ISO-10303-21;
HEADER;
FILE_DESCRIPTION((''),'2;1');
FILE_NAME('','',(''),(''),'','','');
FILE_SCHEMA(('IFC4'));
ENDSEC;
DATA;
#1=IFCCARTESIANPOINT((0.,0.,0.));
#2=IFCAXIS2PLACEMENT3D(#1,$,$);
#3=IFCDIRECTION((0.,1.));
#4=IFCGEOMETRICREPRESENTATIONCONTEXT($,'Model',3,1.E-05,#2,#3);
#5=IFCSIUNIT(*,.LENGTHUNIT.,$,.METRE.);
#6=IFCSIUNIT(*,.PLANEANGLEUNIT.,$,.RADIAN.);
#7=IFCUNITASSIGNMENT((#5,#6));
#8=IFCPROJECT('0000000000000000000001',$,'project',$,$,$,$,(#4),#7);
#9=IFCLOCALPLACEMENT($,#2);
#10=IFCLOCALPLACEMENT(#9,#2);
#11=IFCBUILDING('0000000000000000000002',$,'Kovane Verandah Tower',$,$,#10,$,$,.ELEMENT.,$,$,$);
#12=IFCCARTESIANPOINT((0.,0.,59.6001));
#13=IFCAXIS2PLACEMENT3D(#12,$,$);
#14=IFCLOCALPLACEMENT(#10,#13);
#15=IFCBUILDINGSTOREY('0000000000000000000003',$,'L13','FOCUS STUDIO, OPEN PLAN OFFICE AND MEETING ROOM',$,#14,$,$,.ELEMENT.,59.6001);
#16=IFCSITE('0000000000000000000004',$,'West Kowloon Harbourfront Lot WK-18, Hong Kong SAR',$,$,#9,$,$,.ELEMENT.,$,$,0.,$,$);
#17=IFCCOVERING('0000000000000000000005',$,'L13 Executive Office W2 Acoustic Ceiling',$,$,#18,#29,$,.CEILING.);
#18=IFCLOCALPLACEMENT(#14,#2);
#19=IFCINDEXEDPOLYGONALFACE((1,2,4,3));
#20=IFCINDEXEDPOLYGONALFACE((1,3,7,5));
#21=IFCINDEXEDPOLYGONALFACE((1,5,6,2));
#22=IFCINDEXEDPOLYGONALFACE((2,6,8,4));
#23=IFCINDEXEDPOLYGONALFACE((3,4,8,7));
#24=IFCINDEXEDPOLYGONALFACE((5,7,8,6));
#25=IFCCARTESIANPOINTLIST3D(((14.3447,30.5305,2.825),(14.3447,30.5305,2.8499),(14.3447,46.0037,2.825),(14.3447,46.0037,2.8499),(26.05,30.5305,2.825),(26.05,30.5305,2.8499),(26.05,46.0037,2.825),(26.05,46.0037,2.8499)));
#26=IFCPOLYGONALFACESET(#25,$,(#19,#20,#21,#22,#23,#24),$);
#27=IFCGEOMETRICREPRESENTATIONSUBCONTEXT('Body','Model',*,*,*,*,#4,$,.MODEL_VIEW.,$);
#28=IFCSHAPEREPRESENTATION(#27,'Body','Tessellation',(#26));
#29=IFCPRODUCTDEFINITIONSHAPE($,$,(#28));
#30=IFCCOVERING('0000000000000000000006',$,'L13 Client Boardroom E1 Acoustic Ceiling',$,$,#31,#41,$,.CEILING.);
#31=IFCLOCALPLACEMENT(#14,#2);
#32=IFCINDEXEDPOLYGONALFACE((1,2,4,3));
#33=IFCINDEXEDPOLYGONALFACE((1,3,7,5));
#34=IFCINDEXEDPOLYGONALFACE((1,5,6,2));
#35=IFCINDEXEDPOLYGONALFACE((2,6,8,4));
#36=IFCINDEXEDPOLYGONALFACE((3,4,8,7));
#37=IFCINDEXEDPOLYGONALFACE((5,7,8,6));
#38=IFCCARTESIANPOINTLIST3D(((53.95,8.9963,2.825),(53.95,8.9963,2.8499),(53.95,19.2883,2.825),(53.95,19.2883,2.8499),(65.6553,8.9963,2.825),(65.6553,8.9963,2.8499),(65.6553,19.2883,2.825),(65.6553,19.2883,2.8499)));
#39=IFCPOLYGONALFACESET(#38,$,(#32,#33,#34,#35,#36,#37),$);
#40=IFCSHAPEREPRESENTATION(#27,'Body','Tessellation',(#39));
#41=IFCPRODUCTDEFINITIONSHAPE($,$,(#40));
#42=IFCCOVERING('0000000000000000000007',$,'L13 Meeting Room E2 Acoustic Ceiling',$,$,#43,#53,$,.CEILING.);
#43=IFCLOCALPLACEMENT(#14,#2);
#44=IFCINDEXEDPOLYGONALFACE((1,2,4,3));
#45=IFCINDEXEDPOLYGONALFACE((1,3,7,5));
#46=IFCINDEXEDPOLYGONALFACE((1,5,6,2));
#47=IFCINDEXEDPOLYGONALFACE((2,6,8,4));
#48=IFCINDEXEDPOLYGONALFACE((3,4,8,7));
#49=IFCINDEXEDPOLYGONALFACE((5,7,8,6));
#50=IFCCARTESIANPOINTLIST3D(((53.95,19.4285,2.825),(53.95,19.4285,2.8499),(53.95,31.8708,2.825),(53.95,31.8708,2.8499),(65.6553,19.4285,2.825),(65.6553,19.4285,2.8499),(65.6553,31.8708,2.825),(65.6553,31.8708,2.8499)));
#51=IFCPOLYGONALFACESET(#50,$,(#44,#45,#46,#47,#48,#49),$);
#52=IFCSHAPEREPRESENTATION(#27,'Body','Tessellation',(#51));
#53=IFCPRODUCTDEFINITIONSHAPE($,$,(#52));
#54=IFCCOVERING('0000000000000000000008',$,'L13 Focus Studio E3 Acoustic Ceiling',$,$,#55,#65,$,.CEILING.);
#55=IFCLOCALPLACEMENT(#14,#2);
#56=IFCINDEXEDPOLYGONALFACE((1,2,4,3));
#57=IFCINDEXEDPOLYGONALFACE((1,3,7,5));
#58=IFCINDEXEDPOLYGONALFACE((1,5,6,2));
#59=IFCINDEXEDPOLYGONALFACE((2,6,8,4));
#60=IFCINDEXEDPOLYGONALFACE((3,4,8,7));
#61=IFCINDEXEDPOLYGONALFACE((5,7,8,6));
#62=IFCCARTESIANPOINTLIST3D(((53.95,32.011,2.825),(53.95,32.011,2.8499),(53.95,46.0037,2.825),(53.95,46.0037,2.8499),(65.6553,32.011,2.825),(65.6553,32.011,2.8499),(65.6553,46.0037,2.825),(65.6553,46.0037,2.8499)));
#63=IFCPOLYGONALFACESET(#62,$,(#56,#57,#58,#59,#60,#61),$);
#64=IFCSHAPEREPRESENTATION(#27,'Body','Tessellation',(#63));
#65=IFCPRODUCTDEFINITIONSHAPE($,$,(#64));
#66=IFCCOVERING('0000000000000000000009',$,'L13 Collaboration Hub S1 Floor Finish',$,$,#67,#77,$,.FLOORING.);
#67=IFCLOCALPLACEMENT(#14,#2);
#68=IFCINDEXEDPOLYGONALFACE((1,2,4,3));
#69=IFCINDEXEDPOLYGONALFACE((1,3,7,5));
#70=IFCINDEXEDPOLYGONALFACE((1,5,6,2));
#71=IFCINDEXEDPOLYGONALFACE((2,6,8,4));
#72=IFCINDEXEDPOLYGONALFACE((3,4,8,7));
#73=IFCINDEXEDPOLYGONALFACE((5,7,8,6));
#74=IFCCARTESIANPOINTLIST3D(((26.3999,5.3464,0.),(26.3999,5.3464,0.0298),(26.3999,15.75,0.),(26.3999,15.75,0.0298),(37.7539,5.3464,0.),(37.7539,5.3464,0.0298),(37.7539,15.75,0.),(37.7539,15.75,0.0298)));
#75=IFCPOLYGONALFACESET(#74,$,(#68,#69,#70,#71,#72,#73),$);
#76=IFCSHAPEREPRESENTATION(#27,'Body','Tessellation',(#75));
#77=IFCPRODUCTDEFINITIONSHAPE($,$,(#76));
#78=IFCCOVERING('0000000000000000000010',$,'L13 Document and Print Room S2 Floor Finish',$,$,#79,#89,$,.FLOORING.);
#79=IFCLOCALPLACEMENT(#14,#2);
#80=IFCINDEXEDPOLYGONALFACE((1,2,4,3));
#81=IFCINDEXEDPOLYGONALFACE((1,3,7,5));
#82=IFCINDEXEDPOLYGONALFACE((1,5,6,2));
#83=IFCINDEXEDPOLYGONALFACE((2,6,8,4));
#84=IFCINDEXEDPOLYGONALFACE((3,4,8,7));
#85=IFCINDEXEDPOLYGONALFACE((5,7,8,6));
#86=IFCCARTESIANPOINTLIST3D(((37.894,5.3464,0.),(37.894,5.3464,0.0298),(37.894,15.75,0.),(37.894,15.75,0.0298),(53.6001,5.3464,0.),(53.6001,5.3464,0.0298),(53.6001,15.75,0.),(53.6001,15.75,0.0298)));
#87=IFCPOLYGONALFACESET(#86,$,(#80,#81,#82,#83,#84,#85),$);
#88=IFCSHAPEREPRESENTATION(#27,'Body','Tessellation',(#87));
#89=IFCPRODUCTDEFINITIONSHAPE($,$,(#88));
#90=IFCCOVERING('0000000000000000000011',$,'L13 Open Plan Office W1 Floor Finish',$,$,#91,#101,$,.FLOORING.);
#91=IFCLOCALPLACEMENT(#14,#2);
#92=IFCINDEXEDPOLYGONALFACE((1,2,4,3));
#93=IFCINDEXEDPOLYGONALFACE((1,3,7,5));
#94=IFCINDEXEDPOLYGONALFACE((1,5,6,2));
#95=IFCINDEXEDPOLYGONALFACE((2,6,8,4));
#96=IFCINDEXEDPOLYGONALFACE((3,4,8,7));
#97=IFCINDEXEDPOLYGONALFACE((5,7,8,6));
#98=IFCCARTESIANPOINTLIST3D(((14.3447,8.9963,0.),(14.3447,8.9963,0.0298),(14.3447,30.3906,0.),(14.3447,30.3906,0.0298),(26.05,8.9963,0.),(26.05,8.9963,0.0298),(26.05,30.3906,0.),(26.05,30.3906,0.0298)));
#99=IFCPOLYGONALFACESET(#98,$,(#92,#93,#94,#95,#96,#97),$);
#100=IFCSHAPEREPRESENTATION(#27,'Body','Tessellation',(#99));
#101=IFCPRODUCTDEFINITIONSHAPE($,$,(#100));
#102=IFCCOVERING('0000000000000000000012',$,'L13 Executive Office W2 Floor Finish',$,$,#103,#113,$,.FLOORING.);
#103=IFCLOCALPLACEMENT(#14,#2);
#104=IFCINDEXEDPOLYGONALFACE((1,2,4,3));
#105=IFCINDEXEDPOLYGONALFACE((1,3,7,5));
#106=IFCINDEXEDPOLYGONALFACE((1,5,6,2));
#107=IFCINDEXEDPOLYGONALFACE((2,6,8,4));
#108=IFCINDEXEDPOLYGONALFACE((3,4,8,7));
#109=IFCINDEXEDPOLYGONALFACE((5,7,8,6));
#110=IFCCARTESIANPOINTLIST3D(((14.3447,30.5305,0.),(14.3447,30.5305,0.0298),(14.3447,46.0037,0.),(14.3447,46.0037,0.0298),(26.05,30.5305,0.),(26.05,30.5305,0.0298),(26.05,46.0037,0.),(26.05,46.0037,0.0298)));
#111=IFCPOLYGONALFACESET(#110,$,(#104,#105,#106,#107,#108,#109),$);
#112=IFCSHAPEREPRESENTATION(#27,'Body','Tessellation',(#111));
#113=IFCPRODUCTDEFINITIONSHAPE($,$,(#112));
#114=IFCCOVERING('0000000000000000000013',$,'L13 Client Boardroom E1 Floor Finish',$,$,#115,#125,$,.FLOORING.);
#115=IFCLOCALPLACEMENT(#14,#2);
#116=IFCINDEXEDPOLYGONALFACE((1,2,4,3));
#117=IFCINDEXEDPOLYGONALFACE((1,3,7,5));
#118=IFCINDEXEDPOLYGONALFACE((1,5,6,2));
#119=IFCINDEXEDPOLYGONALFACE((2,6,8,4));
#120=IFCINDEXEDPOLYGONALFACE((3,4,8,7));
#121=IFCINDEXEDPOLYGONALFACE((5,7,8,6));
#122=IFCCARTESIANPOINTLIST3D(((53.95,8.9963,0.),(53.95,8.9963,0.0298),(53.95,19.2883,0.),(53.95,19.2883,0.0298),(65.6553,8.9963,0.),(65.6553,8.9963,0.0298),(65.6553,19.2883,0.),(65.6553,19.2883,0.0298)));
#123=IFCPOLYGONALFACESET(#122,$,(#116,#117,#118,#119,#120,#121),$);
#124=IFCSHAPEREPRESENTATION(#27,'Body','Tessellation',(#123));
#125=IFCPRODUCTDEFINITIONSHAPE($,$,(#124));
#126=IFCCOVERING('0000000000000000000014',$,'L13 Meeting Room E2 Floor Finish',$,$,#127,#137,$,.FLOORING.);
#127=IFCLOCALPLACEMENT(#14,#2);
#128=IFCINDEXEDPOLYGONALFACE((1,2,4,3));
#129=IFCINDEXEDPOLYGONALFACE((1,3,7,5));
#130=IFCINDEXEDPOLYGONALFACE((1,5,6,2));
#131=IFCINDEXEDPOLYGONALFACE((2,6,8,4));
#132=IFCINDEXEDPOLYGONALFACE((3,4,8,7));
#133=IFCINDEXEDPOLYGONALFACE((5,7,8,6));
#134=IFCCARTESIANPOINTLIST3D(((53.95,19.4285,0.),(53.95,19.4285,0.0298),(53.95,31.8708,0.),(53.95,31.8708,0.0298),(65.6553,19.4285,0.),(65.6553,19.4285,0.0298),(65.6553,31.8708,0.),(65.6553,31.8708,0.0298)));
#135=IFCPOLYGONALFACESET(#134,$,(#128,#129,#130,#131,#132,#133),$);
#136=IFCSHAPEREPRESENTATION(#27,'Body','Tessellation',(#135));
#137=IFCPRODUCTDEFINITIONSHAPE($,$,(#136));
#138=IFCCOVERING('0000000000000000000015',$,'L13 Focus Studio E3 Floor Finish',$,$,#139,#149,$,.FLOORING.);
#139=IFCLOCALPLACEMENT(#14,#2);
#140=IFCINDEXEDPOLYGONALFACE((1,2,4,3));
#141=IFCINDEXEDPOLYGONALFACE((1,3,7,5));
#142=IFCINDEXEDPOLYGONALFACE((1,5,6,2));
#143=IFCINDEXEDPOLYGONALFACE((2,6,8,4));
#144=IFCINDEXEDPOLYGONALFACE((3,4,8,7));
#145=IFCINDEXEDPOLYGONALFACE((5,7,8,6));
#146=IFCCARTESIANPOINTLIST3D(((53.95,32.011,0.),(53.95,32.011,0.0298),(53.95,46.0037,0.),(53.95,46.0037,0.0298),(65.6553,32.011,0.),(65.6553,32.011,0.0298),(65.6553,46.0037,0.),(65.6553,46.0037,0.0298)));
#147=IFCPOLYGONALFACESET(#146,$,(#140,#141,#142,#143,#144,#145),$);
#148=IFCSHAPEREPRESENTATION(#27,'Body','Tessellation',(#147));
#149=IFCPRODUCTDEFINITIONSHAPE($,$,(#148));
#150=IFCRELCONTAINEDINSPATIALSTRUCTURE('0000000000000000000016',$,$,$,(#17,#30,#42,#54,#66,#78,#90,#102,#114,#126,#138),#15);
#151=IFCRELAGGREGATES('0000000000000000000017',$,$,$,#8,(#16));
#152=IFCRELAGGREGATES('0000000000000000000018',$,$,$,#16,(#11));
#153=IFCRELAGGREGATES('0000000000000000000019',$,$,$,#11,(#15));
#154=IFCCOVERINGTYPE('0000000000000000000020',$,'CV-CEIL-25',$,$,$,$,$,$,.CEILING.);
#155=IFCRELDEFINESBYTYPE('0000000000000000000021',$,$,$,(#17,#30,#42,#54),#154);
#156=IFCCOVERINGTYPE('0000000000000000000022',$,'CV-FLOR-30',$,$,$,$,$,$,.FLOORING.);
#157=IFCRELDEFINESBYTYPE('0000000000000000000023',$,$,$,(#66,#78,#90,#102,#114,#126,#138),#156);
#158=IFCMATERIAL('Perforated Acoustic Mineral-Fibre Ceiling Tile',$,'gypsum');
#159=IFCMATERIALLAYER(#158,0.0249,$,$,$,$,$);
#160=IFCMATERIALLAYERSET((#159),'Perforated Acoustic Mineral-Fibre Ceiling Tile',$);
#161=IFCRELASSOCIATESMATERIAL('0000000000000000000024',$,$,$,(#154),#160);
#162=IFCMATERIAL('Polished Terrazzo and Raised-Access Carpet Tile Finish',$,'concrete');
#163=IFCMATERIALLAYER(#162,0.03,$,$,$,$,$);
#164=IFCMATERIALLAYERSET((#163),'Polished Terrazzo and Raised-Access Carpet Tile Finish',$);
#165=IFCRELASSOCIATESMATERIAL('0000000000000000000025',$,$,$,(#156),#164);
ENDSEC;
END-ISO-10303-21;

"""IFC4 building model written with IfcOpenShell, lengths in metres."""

from ifc_helpers import new_model, si_unit, direction, frame, origin, place, context, subcontext, project, spatial, polyline, outline, extrude, material, layer, layer_set, type_object, element, save


model = new_model("IFC4")

# Units and contexts
model_context = context("Model", 3, precision=1e-05, world=origin(), true_north=direction((0.0, 1.0)))
body_context = subcontext(model_context, "Body", "Model", "MODEL_VIEW")
ifc_project = project(units=[si_unit("LENGTHUNIT", "METRE"), si_unit("PLANEANGLEUNIT", "RADIAN")], contexts=[model_context])

# Site, building, storey
site_placement = place(None, origin())
site = spatial("IfcSite", under=ifc_project, at=site_placement, Name="West Kowloon Harbourfront Lot WK-18, Hong Kong SAR", CompositionType="ELEMENT", RefElevation=0.0)
building_placement = place(site_placement, origin())
building = spatial("IfcBuilding", under=site, at=building_placement, Name="Kovane Verandah Tower", CompositionType="ELEMENT")
storey_placement = place(building_placement, frame((0.0, 0.0, 59.6001)))
storey = spatial("IfcBuildingStorey", under=building, at=storey_placement, Name="L13", Description="FOCUS STUDIO, OPEN PLAN OFFICE AND MEETING ROOM", CompositionType="ELEMENT", Elevation=59.6001)

# Coverings
ifc_material_1 = material(Name="Perforated Acoustic Mineral-Fibre Ceiling Tile", Category="gypsum")
ifc_layer_1 = layer(ifc_material_1, 0.0249)
ifc_layer_set_1 = layer_set([ifc_layer_1], Name="Perforated Acoustic Mineral-Fibre Ceiling Tile")
covering_type_1 = type_object("IfcCoveringType", Name="CV-CEIL-25", PredefinedType="CEILING", material=ifc_layer_set_1)
covering_1_placement = place(storey_placement, frame((0.0, 0.0, 2.825)))
element("IfcCovering", 1, at=covering_1_placement, inside=storey, type_object=covering_type_1, Name="L13 Executive Office W2 Acoustic Ceiling", PredefinedType="CEILING", context=body_context, shape_type="SweptSolid", body=[
    extrude(outline(polyline([(14.3447, 30.5305), (26.05, 30.5305), (26.05, 46.0037), (14.3447, 46.0037), (14.3447, 30.5305)])), origin(), (0.0, 0.0, 1.0), 0.0249),
])
covering_2_placement = place(storey_placement, frame((0.0, 0.0, 2.825)))
element("IfcCovering", 2, at=covering_2_placement, inside=storey, type_object=covering_type_1, Name="L13 Client Boardroom E1 Acoustic Ceiling", PredefinedType="CEILING", context=body_context, shape_type="SweptSolid", body=[
    extrude(outline(polyline([(53.95, 8.9963), (65.6553, 8.9963), (65.6553, 19.2883), (53.95, 19.2883), (53.95, 8.9963)])), origin(), (0.0, 0.0, 1.0), 0.0249),
])
covering_3_placement = place(storey_placement, frame((0.0, 0.0, 2.825)))
element("IfcCovering", 3, at=covering_3_placement, inside=storey, type_object=covering_type_1, Name="L13 Meeting Room E2 Acoustic Ceiling", PredefinedType="CEILING", context=body_context, shape_type="SweptSolid", body=[
    extrude(outline(polyline([(53.95, 19.4285), (65.6553, 19.4285), (65.6553, 31.8708), (53.95, 31.8708), (53.95, 19.4285)])), origin(), (0.0, 0.0, 1.0), 0.0249),
])
covering_4_placement = place(storey_placement, frame((0.0, 0.0, 2.825)))
element("IfcCovering", 4, at=covering_4_placement, inside=storey, type_object=covering_type_1, Name="L13 Focus Studio E3 Acoustic Ceiling", PredefinedType="CEILING", context=body_context, shape_type="SweptSolid", body=[
    extrude(outline(polyline([(53.95, 32.011), (65.6553, 32.011), (65.6553, 46.0037), (53.95, 46.0037), (53.95, 32.011)])), origin(), (0.0, 0.0, 1.0), 0.0249),
])
ifc_material_2 = material(Name="Polished Terrazzo and Raised-Access Carpet Tile Finish", Category="concrete")
ifc_layer_2 = layer(ifc_material_2, 0.03)
ifc_layer_set_2 = layer_set([ifc_layer_2], Name="Polished Terrazzo and Raised-Access Carpet Tile Finish")
covering_type_2 = type_object("IfcCoveringType", Name="CV-FLOR-30", PredefinedType="FLOORING", material=ifc_layer_set_2)
covering_5_placement = place(storey_placement, origin())
element("IfcCovering", 5, at=covering_5_placement, inside=storey, type_object=covering_type_2, Name="L13 Collaboration Hub S1 Floor Finish", PredefinedType="FLOORING", context=body_context, shape_type="SweptSolid", body=[
    extrude(outline(polyline([(26.3999, 5.3464), (37.7539, 5.3464), (37.7539, 15.75), (26.3999, 15.75), (26.3999, 5.3464)])), origin(), (0.0, 0.0, 1.0), 0.0298),
])
covering_6_placement = place(storey_placement, origin())
element("IfcCovering", 6, at=covering_6_placement, inside=storey, type_object=covering_type_2, Name="L13 Document and Print Room S2 Floor Finish", PredefinedType="FLOORING", context=body_context, shape_type="SweptSolid", body=[
    extrude(outline(polyline([(37.894, 5.3464), (53.6001, 5.3464), (53.6001, 15.75), (37.894, 15.75), (37.894, 5.3464)])), origin(), (0.0, 0.0, 1.0), 0.0298),
])
covering_7_placement = place(storey_placement, origin())
element("IfcCovering", 7, at=covering_7_placement, inside=storey, type_object=covering_type_2, Name="L13 Open Plan Office W1 Floor Finish", PredefinedType="FLOORING", context=body_context, shape_type="SweptSolid", body=[
    extrude(outline(polyline([(14.3447, 8.9963), (26.05, 8.9963), (26.05, 30.3906), (14.3447, 30.3906), (14.3447, 8.9963)])), origin(), (0.0, 0.0, 1.0), 0.0298),
])
covering_8_placement = place(storey_placement, origin())
element("IfcCovering", 8, at=covering_8_placement, inside=storey, type_object=covering_type_2, Name="L13 Executive Office W2 Floor Finish", PredefinedType="FLOORING", context=body_context, shape_type="SweptSolid", body=[
    extrude(outline(polyline([(14.3447, 30.5305), (26.05, 30.5305), (26.05, 46.0037), (14.3447, 46.0037), (14.3447, 30.5305)])), origin(), (0.0, 0.0, 1.0), 0.0298),
])
covering_9_placement = place(storey_placement, origin())
element("IfcCovering", 9, at=covering_9_placement, inside=storey, type_object=covering_type_2, Name="L13 Client Boardroom E1 Floor Finish", PredefinedType="FLOORING", context=body_context, shape_type="SweptSolid", body=[
    extrude(outline(polyline([(53.95, 8.9963), (65.6553, 8.9963), (65.6553, 19.2883), (53.95, 19.2883), (53.95, 8.9963)])), origin(), (0.0, 0.0, 1.0), 0.0298),
])
covering_10_placement = place(storey_placement, origin())
element("IfcCovering", 10, at=covering_10_placement, inside=storey, type_object=covering_type_2, Name="L13 Meeting Room E2 Floor Finish", PredefinedType="FLOORING", context=body_context, shape_type="SweptSolid", body=[
    extrude(outline(polyline([(53.95, 19.4285), (65.6553, 19.4285), (65.6553, 31.8708), (53.95, 31.8708), (53.95, 19.4285)])), origin(), (0.0, 0.0, 1.0), 0.0298),
])
covering_11_placement = place(storey_placement, origin())
element("IfcCovering", 11, at=covering_11_placement, inside=storey, type_object=covering_type_2, Name="L13 Focus Studio E3 Floor Finish", PredefinedType="FLOORING", context=body_context, shape_type="SweptSolid", body=[
    extrude(outline(polyline([(53.95, 32.011), (65.6553, 32.011), (65.6553, 46.0037), (53.95, 46.0037), (53.95, 32.011)])), origin(), (0.0, 0.0, 1.0), 0.0298),
])

save(model, "model.ifc")
